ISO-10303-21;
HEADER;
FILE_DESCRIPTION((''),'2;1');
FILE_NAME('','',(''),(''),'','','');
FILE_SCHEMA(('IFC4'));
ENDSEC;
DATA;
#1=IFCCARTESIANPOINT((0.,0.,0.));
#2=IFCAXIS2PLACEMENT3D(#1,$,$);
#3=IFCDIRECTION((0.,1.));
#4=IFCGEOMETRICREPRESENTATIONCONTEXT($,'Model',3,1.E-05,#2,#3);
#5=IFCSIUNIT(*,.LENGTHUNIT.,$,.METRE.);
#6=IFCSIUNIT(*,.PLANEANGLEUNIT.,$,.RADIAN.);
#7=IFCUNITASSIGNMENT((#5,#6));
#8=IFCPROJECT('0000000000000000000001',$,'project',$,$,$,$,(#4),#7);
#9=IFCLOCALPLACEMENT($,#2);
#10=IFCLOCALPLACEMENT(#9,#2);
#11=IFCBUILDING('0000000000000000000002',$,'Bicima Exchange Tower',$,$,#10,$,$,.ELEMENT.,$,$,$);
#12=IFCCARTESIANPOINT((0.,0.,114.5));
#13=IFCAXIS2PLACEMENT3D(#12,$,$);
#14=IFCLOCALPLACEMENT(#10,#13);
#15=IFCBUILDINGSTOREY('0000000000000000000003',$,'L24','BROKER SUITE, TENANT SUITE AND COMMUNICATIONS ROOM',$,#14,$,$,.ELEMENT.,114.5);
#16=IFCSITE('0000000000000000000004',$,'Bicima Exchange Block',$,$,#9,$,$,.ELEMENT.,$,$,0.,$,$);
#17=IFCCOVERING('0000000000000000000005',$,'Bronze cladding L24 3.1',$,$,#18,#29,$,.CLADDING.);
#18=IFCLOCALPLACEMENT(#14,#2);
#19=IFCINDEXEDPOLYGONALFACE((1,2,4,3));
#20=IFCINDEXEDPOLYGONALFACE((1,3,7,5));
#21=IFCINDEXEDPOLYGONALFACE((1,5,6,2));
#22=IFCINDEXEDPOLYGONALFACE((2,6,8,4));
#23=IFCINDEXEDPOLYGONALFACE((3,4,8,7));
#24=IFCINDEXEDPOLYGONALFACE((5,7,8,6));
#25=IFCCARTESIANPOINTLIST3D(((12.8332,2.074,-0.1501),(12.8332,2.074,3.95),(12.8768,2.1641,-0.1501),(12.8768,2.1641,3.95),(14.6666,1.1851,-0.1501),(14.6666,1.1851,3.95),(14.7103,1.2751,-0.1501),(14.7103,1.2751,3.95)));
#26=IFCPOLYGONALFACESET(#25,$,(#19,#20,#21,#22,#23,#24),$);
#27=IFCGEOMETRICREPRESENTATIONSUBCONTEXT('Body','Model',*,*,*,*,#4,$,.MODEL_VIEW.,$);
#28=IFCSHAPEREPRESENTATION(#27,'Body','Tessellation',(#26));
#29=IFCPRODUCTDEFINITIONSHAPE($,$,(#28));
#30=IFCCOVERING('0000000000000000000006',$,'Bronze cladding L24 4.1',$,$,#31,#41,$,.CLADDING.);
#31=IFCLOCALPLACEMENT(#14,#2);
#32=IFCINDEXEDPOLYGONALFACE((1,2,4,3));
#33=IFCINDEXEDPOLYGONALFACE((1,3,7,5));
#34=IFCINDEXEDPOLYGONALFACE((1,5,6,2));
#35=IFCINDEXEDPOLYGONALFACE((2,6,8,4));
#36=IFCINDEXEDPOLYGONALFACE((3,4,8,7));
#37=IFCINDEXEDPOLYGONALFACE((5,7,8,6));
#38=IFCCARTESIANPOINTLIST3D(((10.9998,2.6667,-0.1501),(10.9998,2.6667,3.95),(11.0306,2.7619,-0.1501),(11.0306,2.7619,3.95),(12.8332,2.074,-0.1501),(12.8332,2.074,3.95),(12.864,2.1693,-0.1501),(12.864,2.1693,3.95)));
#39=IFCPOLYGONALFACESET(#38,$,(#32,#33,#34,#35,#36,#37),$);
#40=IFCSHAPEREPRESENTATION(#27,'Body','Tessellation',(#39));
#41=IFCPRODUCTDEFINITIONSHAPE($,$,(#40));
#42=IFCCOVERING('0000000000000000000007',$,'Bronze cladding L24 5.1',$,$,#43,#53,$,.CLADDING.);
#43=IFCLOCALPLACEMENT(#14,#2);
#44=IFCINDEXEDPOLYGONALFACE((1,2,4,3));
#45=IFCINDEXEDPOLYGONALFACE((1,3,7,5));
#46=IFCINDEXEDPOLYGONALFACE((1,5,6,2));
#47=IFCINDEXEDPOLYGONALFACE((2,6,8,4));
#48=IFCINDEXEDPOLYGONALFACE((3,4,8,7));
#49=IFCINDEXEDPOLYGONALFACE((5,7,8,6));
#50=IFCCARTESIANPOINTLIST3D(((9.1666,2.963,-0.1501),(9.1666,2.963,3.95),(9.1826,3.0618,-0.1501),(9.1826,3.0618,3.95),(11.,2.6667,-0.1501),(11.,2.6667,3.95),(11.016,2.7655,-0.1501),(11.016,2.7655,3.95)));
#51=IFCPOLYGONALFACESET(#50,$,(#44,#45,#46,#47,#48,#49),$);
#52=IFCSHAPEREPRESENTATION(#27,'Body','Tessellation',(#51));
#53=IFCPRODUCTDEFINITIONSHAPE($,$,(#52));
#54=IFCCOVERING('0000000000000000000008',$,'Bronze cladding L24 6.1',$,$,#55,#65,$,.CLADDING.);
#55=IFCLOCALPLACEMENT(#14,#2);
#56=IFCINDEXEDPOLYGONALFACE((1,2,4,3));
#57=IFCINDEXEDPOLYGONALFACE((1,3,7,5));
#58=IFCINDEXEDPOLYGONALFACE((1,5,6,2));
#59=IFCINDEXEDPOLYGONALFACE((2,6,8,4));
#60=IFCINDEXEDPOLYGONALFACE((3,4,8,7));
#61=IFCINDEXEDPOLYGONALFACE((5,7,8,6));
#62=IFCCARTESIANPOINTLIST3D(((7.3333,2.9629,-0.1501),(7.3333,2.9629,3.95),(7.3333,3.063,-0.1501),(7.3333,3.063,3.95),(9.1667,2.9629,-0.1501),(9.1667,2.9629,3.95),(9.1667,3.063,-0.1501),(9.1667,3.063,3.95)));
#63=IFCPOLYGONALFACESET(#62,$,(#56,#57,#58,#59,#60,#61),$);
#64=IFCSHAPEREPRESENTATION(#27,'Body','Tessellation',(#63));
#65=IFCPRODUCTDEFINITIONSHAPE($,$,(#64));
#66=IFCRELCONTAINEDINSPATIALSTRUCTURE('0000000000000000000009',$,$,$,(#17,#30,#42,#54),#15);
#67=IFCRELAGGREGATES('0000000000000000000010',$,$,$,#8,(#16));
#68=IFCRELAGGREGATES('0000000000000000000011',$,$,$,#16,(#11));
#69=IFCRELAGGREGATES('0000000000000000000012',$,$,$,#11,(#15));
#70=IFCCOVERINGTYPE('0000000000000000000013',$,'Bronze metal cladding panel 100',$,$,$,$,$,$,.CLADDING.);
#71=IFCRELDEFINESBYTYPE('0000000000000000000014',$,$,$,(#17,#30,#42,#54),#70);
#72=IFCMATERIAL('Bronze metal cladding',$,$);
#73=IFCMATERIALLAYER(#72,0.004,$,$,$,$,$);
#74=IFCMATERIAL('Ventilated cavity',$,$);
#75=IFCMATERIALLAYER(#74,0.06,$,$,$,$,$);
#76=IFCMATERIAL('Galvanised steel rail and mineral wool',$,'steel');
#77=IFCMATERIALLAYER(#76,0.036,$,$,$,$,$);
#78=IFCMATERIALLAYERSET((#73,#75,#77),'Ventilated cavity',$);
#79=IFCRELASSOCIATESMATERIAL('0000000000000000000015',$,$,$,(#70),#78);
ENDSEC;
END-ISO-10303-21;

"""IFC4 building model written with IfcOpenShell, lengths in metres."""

from ifc_helpers import new_model, si_unit, direction, frame, origin, origin_2d, place, context, subcontext, project, spatial, rectangle, extrude, material, layer, layer_set, type_object, element, save


model = new_model("IFC4")

# Units and contexts
model_context = context("Model", 3, precision=1e-05, world=origin(), true_north=direction((0.0, 1.0)))
body_context = subcontext(model_context, "Body", "Model", "MODEL_VIEW")
ifc_project = project(units=[si_unit("LENGTHUNIT", "METRE"), si_unit("PLANEANGLEUNIT", "RADIAN")], contexts=[model_context])

# Site, building, storey
site_placement = place(None, origin())
site = spatial("IfcSite", under=ifc_project, at=site_placement, Name="Bicima Exchange Block", CompositionType="ELEMENT", RefElevation=0.0)
building_placement = place(site_placement, origin())
building = spatial("IfcBuilding", under=site, at=building_placement, Name="Bicima Exchange Tower", CompositionType="ELEMENT")
storey_placement = place(building_placement, frame((0.0, 0.0, 114.5)))
storey = spatial("IfcBuildingStorey", under=building, at=storey_placement, Name="L24", Description="BROKER SUITE, TENANT SUITE AND COMMUNICATIONS ROOM", CompositionType="ELEMENT", Elevation=114.5)

# Coverings
ifc_material_1 = material(Name="Bronze metal cladding")
ifc_layer_1 = layer(ifc_material_1, 0.004)
ifc_material_2 = material(Name="Ventilated cavity")
ifc_layer_2 = layer(ifc_material_2, 0.06)
ifc_material_3 = material(Name="Galvanised steel rail and mineral wool", Category="steel")
ifc_layer_3 = layer(ifc_material_3, 0.036)
ifc_layer_set_1 = layer_set([ifc_layer_1, ifc_layer_2, ifc_layer_3], Name="Ventilated cavity")
covering_type = type_object("IfcCoveringType", Name="Bronze metal cladding panel 100", PredefinedType="CLADDING", material=ifc_layer_set_1)
covering_1_placement = place(storey_placement, frame((13.7717, 1.6746, -0.1501), z_axis=(0.0, 0.0, 1.0), x_axis=(-0.899818, 0.436265, 0.0)))
element("IfcCovering", 1, at=covering_1_placement, inside=storey, type_object=covering_type, Name="Bronze cladding L24 3.1", PredefinedType="CLADDING", context=body_context, shape_type="SweptSolid", body=[
    extrude(rectangle(XDim=2.0376, YDim=0.1001, at=origin_2d()), origin(), (0.0, 0.0, 1.0), 4.1001),
])
covering_2_placement = place(storey_placement, frame((11.9319, 2.418, -0.1501), z_axis=(0.0, 0.0, 1.0), x_axis=(-0.951525, 0.307573, 0.0)))
element("IfcCovering", 2, at=covering_2_placement, inside=storey, type_object=covering_type, Name="Bronze cladding L24 4.1", PredefinedType="CLADDING", context=body_context, shape_type="SweptSolid", body=[
    extrude(rectangle(XDim=1.9268, YDim=0.1001, at=origin_2d()), origin(), (0.0, 0.0, 1.0), 4.1001),
])
covering_3_placement = place(storey_placement, frame((10.0913, 2.8643, -0.1501), z_axis=(0.0, 0.0, 1.0), x_axis=(-0.98719, 0.15955, 0.0)))
element("IfcCovering", 3, at=covering_3_placement, inside=storey, type_object=covering_type, Name="Bronze cladding L24 5.1", PredefinedType="CLADDING", context=body_context, shape_type="SweptSolid", body=[
    extrude(rectangle(XDim=1.8572, YDim=0.1001, at=origin_2d()), origin(), (0.0, 0.0, 1.0), 4.1001),
])
covering_4_placement = place(storey_placement, frame((8.25, 3.0129, -0.1501), z_axis=(0.0, 0.0, 1.0), x_axis=(-1.0, 0.0, 0.0)))
element("IfcCovering", 4, at=covering_4_placement, inside=storey, type_object=covering_type, Name="Bronze cladding L24 6.1", PredefinedType="CLADDING", context=body_context, shape_type="SweptSolid", body=[
    extrude(rectangle(XDim=1.8335, YDim=0.1001, at=origin_2d()), origin(), (0.0, 0.0, 1.0), 4.1001),
])

save(model, "model.ifc")
